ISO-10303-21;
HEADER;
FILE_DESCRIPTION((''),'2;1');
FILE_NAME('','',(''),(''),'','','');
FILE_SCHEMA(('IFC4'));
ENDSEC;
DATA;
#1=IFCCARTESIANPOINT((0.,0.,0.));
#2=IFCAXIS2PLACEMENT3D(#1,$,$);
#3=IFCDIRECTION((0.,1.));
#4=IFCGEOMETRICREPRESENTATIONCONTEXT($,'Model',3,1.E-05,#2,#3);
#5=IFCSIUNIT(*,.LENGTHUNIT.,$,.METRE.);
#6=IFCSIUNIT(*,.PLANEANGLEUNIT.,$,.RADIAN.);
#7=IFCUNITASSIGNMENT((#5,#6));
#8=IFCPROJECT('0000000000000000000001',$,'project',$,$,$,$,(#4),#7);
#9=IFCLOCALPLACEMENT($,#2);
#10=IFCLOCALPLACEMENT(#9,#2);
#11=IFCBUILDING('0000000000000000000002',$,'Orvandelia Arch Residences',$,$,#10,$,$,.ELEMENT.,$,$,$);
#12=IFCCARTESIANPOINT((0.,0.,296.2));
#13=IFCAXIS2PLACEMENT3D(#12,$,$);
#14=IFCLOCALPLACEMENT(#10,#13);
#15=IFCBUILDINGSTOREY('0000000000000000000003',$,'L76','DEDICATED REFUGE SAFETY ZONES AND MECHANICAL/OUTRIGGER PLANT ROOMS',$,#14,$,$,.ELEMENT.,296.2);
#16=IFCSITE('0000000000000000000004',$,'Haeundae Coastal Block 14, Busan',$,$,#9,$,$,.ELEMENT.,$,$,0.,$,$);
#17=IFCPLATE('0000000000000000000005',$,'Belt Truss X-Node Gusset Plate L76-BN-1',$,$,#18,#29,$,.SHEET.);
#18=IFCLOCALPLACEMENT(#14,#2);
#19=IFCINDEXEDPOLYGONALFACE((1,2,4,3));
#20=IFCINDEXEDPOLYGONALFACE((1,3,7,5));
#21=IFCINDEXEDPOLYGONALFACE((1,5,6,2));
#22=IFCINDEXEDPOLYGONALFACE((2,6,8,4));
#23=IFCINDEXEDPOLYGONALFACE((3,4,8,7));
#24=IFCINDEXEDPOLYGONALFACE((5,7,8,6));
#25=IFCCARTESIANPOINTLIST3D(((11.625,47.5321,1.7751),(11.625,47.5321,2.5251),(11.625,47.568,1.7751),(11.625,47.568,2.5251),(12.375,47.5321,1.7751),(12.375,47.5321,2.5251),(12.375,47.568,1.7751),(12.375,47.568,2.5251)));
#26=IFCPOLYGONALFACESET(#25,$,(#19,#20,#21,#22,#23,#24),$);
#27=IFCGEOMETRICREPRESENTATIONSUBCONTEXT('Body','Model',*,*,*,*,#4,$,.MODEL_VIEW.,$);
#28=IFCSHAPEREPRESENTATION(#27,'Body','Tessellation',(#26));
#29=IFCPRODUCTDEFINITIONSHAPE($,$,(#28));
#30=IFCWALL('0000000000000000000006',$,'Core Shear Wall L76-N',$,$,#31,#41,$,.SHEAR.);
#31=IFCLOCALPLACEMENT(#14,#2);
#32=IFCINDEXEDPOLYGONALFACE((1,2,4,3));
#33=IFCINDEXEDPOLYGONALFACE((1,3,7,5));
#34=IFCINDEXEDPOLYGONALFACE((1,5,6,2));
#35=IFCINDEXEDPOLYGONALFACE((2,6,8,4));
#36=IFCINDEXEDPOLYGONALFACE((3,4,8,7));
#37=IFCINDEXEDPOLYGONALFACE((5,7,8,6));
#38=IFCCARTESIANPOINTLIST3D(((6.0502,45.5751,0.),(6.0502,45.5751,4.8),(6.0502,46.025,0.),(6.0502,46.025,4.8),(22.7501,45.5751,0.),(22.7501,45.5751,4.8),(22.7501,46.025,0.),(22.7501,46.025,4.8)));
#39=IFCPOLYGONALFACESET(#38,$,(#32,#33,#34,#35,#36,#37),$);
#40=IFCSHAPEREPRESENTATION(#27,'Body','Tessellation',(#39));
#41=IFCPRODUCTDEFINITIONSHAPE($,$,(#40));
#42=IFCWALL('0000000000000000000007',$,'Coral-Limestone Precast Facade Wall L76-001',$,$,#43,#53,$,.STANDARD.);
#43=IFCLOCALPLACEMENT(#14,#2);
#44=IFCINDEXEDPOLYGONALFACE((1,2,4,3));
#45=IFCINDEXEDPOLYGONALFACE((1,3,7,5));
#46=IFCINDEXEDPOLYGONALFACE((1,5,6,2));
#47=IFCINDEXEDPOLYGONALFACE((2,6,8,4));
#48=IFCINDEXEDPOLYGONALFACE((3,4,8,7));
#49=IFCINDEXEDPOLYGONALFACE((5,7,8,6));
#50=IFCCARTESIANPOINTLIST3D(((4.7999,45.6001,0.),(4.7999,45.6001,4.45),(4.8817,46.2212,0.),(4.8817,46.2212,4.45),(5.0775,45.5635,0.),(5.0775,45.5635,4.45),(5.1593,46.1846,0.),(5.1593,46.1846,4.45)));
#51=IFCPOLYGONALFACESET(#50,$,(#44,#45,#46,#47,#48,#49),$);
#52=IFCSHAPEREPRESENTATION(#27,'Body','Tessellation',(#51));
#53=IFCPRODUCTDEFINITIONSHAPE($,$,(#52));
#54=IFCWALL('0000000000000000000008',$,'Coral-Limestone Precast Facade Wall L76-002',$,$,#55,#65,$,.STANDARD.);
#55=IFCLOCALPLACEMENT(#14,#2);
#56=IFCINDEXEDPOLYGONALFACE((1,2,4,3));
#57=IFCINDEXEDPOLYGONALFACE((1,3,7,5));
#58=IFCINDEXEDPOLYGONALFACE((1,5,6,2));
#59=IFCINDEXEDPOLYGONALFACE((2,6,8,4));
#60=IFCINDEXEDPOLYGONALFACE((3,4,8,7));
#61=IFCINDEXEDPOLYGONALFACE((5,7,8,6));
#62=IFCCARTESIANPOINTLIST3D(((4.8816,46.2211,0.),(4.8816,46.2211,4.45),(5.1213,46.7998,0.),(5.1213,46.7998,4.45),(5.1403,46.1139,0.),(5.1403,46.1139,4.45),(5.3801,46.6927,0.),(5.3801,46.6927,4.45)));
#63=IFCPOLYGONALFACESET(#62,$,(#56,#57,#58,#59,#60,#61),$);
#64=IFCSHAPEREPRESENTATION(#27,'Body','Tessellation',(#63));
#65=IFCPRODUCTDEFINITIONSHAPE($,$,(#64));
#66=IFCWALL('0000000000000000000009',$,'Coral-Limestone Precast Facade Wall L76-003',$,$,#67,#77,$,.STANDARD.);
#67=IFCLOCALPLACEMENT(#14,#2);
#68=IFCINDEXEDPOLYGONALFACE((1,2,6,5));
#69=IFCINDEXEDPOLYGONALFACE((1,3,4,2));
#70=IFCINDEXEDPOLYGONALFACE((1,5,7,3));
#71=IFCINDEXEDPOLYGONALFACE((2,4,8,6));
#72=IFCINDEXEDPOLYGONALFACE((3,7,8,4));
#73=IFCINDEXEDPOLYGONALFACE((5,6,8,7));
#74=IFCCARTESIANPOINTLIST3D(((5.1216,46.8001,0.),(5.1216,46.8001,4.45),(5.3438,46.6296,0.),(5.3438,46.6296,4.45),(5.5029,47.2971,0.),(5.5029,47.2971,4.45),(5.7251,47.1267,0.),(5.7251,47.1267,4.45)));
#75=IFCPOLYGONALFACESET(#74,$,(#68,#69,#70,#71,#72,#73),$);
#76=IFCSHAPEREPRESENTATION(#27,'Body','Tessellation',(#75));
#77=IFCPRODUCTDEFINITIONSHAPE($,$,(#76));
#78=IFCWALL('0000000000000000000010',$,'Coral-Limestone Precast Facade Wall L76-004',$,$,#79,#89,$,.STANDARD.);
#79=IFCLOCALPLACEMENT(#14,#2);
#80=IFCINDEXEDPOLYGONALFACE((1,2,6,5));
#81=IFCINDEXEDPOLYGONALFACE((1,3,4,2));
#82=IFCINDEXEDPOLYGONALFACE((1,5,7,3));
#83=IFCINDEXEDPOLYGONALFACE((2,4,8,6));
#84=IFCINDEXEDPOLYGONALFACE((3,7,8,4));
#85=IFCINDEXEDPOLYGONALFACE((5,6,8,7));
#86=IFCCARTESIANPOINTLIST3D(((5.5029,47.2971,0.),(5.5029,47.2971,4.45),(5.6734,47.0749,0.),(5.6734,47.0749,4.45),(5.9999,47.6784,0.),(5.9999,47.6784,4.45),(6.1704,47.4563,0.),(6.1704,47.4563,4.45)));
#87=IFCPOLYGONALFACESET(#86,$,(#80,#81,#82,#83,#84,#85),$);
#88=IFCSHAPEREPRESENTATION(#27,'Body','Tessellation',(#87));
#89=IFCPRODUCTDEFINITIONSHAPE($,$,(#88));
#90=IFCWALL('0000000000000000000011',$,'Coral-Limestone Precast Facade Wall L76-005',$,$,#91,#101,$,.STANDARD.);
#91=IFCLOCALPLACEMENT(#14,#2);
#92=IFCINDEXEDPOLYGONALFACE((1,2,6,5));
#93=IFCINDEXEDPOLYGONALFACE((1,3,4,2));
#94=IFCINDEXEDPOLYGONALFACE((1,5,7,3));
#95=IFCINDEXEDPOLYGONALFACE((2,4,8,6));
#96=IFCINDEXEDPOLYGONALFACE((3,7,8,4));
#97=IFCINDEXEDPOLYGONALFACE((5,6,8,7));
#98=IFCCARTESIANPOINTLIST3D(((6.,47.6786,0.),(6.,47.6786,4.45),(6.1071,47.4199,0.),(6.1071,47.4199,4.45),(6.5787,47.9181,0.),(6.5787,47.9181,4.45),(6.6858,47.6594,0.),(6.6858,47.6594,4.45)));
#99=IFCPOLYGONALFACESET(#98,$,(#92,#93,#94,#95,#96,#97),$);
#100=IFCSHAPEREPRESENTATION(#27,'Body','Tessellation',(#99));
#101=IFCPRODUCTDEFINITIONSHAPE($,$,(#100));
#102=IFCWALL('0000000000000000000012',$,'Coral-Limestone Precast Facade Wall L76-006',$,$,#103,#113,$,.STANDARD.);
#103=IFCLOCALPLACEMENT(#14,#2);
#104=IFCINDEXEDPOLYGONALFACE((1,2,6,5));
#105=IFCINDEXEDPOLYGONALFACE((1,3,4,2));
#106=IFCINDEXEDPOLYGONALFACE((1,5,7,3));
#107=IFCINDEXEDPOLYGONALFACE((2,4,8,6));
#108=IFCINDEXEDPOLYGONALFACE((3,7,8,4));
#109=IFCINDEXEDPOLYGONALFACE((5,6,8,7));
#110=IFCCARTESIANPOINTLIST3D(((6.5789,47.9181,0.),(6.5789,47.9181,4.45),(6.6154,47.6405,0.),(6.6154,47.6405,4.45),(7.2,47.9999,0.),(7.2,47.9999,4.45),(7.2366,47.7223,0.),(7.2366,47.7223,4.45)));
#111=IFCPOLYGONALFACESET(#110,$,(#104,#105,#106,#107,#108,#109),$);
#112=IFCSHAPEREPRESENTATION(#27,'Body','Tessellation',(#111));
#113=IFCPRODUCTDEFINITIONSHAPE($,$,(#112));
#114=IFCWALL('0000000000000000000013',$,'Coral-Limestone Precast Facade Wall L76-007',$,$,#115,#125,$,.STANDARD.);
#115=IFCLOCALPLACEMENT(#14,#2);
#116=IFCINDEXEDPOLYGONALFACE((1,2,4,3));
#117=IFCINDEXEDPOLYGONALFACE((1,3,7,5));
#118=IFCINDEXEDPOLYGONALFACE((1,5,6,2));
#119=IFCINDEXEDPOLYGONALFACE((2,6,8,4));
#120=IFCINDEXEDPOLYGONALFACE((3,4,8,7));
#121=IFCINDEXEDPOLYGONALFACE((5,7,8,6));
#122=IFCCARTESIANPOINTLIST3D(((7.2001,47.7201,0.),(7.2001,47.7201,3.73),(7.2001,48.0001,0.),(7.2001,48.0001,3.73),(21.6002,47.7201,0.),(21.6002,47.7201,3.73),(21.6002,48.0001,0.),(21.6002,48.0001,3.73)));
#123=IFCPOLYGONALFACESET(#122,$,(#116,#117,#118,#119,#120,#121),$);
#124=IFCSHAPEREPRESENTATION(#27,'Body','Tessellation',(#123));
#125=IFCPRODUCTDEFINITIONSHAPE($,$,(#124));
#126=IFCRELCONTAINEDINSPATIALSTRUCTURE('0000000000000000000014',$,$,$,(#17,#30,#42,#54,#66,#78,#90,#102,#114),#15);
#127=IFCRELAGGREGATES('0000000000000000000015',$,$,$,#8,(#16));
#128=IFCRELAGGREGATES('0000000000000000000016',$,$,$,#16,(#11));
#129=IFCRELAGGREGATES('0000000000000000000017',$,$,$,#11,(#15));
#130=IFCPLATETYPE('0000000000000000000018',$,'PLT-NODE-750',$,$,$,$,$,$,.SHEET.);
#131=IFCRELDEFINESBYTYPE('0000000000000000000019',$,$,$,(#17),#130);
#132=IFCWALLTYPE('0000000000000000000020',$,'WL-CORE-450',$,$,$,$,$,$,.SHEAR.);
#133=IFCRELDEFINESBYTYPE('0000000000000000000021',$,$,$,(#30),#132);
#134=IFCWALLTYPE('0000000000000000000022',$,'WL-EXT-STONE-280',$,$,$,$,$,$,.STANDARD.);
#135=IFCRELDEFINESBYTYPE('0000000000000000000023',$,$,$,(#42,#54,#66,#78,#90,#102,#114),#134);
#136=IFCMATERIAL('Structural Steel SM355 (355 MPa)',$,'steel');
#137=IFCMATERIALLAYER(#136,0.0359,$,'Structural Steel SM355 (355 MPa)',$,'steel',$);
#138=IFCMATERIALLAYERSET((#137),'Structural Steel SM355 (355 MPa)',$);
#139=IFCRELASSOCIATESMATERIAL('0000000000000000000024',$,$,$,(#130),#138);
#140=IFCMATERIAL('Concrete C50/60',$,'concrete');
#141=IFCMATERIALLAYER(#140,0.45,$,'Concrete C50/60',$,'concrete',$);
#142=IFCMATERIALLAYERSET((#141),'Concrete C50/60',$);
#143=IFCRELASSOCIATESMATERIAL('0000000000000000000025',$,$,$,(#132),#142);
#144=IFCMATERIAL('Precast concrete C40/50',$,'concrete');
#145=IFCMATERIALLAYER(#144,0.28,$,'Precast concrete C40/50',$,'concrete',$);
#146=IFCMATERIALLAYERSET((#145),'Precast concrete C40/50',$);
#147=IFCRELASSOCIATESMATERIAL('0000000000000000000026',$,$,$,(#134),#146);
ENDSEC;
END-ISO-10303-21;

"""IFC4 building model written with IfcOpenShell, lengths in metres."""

from ifc_helpers import new_model, si_unit, direction, frame, frame_2d, origin, origin_2d, place, context, subcontext, project, spatial, rectangle, extrude, material, layer, layer_set, type_object, element, save


model = new_model("IFC4")

# Units and contexts
model_context = context("Model", 3, precision=1e-05, world=origin(), true_north=direction((0.0, 1.0)))
body_context = subcontext(model_context, "Body", "Model", "MODEL_VIEW")
ifc_project = project(units=[si_unit("LENGTHUNIT", "METRE"), si_unit("PLANEANGLEUNIT", "RADIAN")], contexts=[model_context])

# Site, building, storey
site_placement = place(None, origin())
site = spatial("IfcSite", under=ifc_project, at=site_placement, Name="Haeundae Coastal Block 14, Busan", CompositionType="ELEMENT", RefElevation=0.0)
building_placement = place(site_placement, origin())
building = spatial("IfcBuilding", under=site, at=building_placement, Name="Orvandelia Arch Residences", CompositionType="ELEMENT")
storey_placement = place(building_placement, frame((0.0, 0.0, 296.2)))
storey = spatial("IfcBuildingStorey", under=building, at=storey_placement, Name="L76", Description="DEDICATED REFUGE SAFETY ZONES AND MECHANICAL/OUTRIGGER PLANT ROOMS", CompositionType="ELEMENT", Elevation=296.2)

# Shared definitions
ifc_material_1 = material(Name="Concrete C50/60", Category="concrete")

# Shared definitions
ifc_material_2 = material(Name="Structural Steel SM355 (355 MPa)", Category="steel")

# Plate
ifc_layer_1 = layer(ifc_material_2, 0.0359, Name="Structural Steel SM355 (355 MPa)", Category="steel")
ifc_layer_set_1 = layer_set([ifc_layer_1], Name="Structural Steel SM355 (355 MPa)")
plate_type_1 = type_object("IfcPlateType", Name="PLT-NODE-750", PredefinedType="SHEET", material=ifc_layer_set_1)
plate_1_placement = place(storey_placement, frame((12.0, 47.55, 1.7751), z_axis=(0.0, 0.0, 1.0), x_axis=(1.0, 0.0, 0.0)))
element("IfcPlate", 1, at=plate_1_placement, inside=storey, type_object=plate_type_1, Name="Belt Truss X-Node Gusset Plate L76-BN-1", PredefinedType="SHEET", context=body_context, shape_type="SweptSolid", body=[
    extrude(rectangle(XDim=0.75, YDim=0.0359, at=origin_2d()), origin(), (0.0, 0.0, 1.0), 0.75),
])

# Walls
ifc_layer_2 = layer(ifc_material_1, 0.45, Name="Concrete C50/60", Category="concrete")
ifc_layer_set_2 = layer_set([ifc_layer_2], Name="Concrete C50/60")
wall_type_1 = type_object("IfcWallType", Name="WL-CORE-450", PredefinedType="SHEAR", material=ifc_layer_set_2)
wall_1_placement = place(storey_placement, frame((6.05, 45.8, 0.0), z_axis=(0.0, 0.0, 1.0), x_axis=(1.0, 0.0, 0.0)))
element("IfcWall", 2, at=wall_1_placement, inside=storey, type_object=wall_type_1, Name="Core Shear Wall L76-N", PredefinedType="SHEAR", context=body_context, shape_type="SweptSolid", body=[
    extrude(rectangle(XDim=16.7, YDim=0.45, at=frame_2d((8.3501, 0.0))), origin(), (0.0, 0.0, 1.0), 4.8),
])
ifc_material_3 = material(Name="Precast concrete C40/50", Category="concrete")
ifc_layer_3 = layer(ifc_material_3, 0.28, Name="Precast concrete C40/50", Category="concrete")
ifc_layer_set_3 = layer_set([ifc_layer_3], Name="Precast concrete C40/50")
wall_type_2 = type_object("IfcWallType", Name="WL-EXT-STONE-280", PredefinedType="STANDARD", material=ifc_layer_set_3)
for number, where, z_axis, x_axis, name in (
    (3, (4.9387, 45.5818, 0.0), (0.0, 0.0, 1.0), (0.130555, 0.991441, 0.0), "Coral-Limestone Precast Facade Wall L76-001"),
    (4, (5.011, 46.1675, 0.0), (0.0, 0.0, 1.0), (0.38265, 0.923893, 0.0), "Coral-Limestone Precast Facade Wall L76-002"),
    (5, (5.2327, 46.7148, 0.0), (0.0, 0.0, 1.0), (0.608693, 0.793406, 0.0), "Coral-Limestone Precast Facade Wall L76-003"),
    (6, (5.5881, 47.186, 0.0), (0.0, 0.0, 1.0), (0.793406, 0.608693, 0.0), "Coral-Limestone Precast Facade Wall L76-004"),
):
    element("IfcWall", number, at=place(storey_placement, frame(where, z_axis=z_axis, x_axis=x_axis)), inside=storey, type_object=wall_type_2, Name=name, PredefinedType="STANDARD", context=body_context, shape_type="SweptSolid", body=[
        extrude(rectangle(XDim=0.6265, YDim=0.28, at=frame_2d((0.3132, 0.0))), origin(), (0.0, 0.0, 1.0), 4.45),
    ])
wall_2_placement = place(storey_placement, frame((6.0537, 47.5493, 0.0), z_axis=(0.0, 0.0, 1.0), x_axis=(0.923974, 0.382455, 0.0)))
element("IfcWall", 7, at=wall_2_placement, inside=storey, type_object=wall_type_2, Name="Coral-Limestone Precast Facade Wall L76-005", PredefinedType="STANDARD", context=body_context, shape_type="SweptSolid", body=[
    extrude(rectangle(XDim=0.6262, YDim=0.28, at=frame_2d((0.313, 0.0))), origin(), (0.0, 0.0, 1.0), 4.45),
])
wall_3_placement = place(storey_placement, frame((6.5972, 47.7793, 0.0), z_axis=(0.0, 0.0, 1.0), x_axis=(0.991441, 0.130555, 0.0)))
element("IfcWall", 8, at=wall_3_placement, inside=storey, type_object=wall_type_2, Name="Coral-Limestone Precast Facade Wall L76-006", PredefinedType="STANDARD", context=body_context, shape_type="SweptSolid", body=[
    extrude(rectangle(XDim=0.6265, YDim=0.28, at=frame_2d((0.3132, 0.0))), origin(), (0.0, 0.0, 1.0), 4.45),
])
wall_4_placement = place(storey_placement, frame((7.2, 47.8601, 0.0), z_axis=(0.0, 0.0, 1.0), x_axis=(1.0, 0.0, 0.0)))
element("IfcWall", 9, at=wall_4_placement, inside=storey, type_object=wall_type_2, Name="Coral-Limestone Precast Facade Wall L76-007", PredefinedType="STANDARD", context=body_context, shape_type="SweptSolid", body=[
    extrude(rectangle(XDim=14.4001, YDim=0.28, at=frame_2d((7.2002, 0.0))), origin(), (0.0, 0.0, 1.0), 3.73),
])

save(model, "model.ifc")
